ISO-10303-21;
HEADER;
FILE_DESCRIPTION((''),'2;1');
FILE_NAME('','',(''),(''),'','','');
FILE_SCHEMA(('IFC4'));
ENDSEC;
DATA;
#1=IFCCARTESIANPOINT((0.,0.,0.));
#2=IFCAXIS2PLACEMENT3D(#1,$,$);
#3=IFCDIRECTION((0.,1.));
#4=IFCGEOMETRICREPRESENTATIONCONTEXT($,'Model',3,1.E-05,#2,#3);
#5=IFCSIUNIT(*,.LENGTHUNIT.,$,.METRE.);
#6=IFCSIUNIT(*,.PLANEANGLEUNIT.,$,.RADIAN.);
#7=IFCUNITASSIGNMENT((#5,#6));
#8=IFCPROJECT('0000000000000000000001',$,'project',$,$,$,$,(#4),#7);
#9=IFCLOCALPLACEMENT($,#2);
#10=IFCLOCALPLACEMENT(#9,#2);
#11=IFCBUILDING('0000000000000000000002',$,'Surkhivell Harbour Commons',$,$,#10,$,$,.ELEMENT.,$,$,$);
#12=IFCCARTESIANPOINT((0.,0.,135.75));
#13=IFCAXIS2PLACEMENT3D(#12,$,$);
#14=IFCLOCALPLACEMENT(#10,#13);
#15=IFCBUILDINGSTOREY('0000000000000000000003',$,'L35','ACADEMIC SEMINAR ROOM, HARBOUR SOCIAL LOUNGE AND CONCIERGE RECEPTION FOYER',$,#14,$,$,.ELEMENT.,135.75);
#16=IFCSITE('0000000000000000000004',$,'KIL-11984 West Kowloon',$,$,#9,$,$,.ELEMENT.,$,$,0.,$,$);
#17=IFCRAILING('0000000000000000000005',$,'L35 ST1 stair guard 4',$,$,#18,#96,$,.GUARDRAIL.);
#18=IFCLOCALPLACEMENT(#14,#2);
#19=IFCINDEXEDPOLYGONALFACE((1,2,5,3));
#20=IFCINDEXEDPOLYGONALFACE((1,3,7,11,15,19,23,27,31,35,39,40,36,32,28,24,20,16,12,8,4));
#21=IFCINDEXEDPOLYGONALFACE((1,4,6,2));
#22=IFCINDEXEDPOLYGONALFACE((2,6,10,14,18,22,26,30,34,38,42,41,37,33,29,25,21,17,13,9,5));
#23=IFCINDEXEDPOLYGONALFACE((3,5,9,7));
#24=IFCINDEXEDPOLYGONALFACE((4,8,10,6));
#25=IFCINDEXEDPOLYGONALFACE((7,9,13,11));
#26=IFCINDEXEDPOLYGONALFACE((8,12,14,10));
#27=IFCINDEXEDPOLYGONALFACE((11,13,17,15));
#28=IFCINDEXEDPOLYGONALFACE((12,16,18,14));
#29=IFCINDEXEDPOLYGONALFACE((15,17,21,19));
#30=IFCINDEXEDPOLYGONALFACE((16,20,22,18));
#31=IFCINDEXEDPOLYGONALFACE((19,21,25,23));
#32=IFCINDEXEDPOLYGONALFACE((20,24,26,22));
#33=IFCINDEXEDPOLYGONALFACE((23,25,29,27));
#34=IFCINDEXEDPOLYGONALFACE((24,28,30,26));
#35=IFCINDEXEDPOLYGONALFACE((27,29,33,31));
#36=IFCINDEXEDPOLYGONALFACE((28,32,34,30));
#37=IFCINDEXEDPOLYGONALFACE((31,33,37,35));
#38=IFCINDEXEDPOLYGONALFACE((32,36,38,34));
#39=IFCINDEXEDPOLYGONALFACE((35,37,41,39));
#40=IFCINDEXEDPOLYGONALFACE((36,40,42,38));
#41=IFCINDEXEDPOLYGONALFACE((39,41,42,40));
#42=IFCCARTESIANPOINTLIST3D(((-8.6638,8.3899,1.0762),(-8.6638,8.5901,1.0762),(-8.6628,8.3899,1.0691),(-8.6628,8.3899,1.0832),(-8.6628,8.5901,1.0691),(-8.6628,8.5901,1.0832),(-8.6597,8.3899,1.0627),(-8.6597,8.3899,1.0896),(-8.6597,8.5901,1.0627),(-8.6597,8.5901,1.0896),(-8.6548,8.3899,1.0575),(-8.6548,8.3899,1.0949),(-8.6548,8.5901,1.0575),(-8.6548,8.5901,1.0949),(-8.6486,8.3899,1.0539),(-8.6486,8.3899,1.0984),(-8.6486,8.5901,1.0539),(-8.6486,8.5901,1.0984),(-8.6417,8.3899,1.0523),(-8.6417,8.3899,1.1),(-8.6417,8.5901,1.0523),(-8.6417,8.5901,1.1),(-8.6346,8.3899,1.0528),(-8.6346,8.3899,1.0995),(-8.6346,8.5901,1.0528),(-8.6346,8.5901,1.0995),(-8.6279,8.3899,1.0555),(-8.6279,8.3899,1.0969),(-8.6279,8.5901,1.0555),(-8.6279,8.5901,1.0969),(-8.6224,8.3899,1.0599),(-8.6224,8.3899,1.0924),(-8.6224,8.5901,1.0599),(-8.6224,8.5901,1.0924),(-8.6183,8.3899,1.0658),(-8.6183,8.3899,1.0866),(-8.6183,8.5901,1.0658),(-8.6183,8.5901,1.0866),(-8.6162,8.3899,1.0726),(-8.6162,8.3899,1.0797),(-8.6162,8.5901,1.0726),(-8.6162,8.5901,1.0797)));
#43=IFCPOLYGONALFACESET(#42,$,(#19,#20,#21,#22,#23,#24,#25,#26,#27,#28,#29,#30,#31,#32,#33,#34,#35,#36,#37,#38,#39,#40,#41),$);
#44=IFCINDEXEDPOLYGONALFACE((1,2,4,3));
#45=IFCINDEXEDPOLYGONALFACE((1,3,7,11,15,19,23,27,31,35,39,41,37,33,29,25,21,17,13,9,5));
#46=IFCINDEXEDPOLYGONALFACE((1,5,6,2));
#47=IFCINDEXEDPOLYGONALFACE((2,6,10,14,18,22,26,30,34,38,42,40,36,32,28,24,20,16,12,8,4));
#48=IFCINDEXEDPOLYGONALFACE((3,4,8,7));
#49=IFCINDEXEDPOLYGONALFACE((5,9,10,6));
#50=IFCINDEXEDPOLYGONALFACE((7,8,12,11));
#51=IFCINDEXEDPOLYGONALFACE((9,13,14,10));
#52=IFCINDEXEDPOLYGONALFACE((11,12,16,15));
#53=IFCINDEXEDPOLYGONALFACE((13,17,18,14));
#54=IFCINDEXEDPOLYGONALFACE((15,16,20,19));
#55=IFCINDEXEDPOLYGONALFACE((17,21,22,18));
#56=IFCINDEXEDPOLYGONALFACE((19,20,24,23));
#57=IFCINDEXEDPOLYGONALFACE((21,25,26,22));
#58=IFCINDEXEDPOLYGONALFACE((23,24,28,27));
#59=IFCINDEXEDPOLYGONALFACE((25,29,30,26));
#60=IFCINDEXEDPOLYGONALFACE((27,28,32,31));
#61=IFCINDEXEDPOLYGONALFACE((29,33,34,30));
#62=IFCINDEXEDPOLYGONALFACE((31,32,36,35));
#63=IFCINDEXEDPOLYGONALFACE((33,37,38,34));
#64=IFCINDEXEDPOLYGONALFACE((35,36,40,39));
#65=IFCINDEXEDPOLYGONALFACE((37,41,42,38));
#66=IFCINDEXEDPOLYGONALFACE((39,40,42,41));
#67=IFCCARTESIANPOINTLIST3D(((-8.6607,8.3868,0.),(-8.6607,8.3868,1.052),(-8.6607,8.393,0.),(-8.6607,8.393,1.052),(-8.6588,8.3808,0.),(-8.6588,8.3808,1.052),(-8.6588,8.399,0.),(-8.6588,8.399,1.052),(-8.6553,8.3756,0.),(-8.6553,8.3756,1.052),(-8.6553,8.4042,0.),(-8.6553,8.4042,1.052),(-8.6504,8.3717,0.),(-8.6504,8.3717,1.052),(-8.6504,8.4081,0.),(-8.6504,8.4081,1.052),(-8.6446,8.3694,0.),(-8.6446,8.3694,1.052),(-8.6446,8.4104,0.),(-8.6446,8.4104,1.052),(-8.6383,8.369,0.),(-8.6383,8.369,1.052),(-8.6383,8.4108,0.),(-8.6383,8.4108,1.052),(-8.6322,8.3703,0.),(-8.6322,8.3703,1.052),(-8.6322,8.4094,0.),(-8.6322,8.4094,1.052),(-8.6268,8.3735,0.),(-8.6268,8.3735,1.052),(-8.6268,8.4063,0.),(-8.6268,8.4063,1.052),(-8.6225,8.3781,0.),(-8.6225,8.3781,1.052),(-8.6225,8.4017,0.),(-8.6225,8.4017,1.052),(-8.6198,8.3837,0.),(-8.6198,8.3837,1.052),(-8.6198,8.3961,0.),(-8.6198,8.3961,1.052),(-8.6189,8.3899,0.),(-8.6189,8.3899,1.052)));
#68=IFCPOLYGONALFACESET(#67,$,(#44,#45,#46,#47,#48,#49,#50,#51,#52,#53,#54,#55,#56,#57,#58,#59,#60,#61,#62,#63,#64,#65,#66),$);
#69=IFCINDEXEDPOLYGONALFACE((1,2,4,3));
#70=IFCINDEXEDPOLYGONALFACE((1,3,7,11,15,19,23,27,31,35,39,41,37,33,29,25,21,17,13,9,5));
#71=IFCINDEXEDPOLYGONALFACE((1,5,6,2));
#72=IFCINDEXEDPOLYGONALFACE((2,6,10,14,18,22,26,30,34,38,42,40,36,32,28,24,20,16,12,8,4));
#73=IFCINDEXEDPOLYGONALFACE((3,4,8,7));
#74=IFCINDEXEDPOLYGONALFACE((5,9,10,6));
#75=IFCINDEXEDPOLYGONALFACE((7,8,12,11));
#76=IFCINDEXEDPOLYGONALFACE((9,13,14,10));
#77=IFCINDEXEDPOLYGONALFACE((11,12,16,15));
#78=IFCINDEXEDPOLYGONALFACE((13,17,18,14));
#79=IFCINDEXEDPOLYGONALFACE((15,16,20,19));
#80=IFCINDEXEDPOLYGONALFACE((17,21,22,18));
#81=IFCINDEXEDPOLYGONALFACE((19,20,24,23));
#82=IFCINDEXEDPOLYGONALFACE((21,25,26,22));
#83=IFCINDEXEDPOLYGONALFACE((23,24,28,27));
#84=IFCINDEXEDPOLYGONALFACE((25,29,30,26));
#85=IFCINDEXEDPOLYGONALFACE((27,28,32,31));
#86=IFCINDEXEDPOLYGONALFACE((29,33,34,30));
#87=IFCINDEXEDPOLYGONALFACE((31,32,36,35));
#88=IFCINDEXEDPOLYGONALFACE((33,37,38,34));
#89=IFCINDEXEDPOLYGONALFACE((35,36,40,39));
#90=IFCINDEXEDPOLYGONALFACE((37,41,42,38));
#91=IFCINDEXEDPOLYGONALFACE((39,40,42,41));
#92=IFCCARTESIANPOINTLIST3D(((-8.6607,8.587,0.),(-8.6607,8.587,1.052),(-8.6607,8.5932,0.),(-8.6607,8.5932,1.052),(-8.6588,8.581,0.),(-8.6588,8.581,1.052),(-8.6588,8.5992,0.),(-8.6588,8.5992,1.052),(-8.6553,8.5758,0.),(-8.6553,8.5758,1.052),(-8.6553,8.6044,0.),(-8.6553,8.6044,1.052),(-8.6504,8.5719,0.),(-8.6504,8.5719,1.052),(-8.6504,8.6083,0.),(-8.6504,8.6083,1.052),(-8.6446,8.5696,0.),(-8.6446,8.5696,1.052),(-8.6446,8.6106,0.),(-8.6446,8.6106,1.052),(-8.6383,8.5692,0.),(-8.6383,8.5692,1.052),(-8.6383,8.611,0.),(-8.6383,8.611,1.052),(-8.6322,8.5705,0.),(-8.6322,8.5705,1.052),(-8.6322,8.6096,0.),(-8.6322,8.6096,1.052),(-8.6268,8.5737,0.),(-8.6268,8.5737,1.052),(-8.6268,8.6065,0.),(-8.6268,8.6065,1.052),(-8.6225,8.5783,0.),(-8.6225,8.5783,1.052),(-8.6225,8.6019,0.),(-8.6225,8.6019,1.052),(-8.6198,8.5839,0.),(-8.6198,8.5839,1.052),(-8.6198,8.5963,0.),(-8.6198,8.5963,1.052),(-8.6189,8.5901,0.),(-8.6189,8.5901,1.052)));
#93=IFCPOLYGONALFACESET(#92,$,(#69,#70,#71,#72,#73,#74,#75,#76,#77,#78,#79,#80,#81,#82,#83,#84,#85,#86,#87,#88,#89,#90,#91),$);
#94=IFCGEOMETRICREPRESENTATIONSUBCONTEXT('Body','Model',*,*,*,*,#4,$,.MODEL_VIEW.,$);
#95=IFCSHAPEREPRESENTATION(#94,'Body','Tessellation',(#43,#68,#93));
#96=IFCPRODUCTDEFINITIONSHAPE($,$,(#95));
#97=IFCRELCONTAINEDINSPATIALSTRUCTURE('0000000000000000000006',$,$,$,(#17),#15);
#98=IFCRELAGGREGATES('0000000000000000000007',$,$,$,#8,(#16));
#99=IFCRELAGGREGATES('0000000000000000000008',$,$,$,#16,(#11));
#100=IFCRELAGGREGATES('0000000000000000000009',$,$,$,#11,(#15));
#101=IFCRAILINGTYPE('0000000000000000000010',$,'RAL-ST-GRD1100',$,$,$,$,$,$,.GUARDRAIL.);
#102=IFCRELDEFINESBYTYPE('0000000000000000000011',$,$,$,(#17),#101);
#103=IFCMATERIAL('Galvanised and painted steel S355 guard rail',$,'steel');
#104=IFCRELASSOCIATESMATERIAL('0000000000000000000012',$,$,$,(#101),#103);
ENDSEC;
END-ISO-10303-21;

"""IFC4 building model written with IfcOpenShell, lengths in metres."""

from ifc_helpers import new_model, si_unit, direction, frame, origin, origin_2d, place, context, subcontext, project, spatial, circle, extrude, material, type_object, element, save


model = new_model("IFC4")

# Units and contexts
model_context = context("Model", 3, precision=1e-05, world=origin(), true_north=direction((0.0, 1.0)))
body_context = subcontext(model_context, "Body", "Model", "MODEL_VIEW")
ifc_project = project(units=[si_unit("LENGTHUNIT", "METRE"), si_unit("PLANEANGLEUNIT", "RADIAN")], contexts=[model_context])

# Site, building, storey
site_placement = place(None, origin())
site = spatial("IfcSite", under=ifc_project, at=site_placement, Name="KIL-11984 West Kowloon", CompositionType="ELEMENT", RefElevation=0.0)
building_placement = place(site_placement, origin())
building = spatial("IfcBuilding", under=site, at=building_placement, Name="Surkhivell Harbour Commons", CompositionType="ELEMENT")
storey_placement = place(building_placement, frame((0.0, 0.0, 135.75)))
storey = spatial("IfcBuildingStorey", under=building, at=storey_placement, Name="L35", Description="ACADEMIC SEMINAR ROOM, HARBOUR SOCIAL LOUNGE AND CONCIERGE RECEPTION FOYER", CompositionType="ELEMENT", Elevation=135.75)

# Railing
ifc_material_1 = material(Name="Galvanised and painted steel S355 guard rail", Category="steel")
railing_type_1 = type_object("IfcRailingType", Name="RAL-ST-GRD1100", PredefinedType="GUARDRAIL", material=ifc_material_1)
railing_1_placement = place(storey_placement, frame((-8.6399, 8.3899, 0.0)))
element("IfcRailing", 1, at=railing_1_placement, inside=storey, type_object=railing_type_1, Name="L35 ST1 stair guard 4", PredefinedType="GUARDRAIL", context=body_context, shape_type="SweptSolid", body=[
    extrude(circle(Radius=0.0239, at=origin_2d()), frame((0.0, 0.0, 1.0762), z_axis=(0.0, 1.0, 0.0), x_axis=(-1.0, 0.0, 0.0)), (0.0, 0.0, 1.0), 0.2002),
    extrude(circle(Radius=0.021, at=origin_2d()), origin(), (0.0, 0.0, 1.0), 1.052),
    extrude(circle(Radius=0.021, at=origin_2d()), frame((0.0, 0.2002, 0.0)), (0.0, 0.0, 1.0), 1.052),
])

save(model, "model.ifc")
